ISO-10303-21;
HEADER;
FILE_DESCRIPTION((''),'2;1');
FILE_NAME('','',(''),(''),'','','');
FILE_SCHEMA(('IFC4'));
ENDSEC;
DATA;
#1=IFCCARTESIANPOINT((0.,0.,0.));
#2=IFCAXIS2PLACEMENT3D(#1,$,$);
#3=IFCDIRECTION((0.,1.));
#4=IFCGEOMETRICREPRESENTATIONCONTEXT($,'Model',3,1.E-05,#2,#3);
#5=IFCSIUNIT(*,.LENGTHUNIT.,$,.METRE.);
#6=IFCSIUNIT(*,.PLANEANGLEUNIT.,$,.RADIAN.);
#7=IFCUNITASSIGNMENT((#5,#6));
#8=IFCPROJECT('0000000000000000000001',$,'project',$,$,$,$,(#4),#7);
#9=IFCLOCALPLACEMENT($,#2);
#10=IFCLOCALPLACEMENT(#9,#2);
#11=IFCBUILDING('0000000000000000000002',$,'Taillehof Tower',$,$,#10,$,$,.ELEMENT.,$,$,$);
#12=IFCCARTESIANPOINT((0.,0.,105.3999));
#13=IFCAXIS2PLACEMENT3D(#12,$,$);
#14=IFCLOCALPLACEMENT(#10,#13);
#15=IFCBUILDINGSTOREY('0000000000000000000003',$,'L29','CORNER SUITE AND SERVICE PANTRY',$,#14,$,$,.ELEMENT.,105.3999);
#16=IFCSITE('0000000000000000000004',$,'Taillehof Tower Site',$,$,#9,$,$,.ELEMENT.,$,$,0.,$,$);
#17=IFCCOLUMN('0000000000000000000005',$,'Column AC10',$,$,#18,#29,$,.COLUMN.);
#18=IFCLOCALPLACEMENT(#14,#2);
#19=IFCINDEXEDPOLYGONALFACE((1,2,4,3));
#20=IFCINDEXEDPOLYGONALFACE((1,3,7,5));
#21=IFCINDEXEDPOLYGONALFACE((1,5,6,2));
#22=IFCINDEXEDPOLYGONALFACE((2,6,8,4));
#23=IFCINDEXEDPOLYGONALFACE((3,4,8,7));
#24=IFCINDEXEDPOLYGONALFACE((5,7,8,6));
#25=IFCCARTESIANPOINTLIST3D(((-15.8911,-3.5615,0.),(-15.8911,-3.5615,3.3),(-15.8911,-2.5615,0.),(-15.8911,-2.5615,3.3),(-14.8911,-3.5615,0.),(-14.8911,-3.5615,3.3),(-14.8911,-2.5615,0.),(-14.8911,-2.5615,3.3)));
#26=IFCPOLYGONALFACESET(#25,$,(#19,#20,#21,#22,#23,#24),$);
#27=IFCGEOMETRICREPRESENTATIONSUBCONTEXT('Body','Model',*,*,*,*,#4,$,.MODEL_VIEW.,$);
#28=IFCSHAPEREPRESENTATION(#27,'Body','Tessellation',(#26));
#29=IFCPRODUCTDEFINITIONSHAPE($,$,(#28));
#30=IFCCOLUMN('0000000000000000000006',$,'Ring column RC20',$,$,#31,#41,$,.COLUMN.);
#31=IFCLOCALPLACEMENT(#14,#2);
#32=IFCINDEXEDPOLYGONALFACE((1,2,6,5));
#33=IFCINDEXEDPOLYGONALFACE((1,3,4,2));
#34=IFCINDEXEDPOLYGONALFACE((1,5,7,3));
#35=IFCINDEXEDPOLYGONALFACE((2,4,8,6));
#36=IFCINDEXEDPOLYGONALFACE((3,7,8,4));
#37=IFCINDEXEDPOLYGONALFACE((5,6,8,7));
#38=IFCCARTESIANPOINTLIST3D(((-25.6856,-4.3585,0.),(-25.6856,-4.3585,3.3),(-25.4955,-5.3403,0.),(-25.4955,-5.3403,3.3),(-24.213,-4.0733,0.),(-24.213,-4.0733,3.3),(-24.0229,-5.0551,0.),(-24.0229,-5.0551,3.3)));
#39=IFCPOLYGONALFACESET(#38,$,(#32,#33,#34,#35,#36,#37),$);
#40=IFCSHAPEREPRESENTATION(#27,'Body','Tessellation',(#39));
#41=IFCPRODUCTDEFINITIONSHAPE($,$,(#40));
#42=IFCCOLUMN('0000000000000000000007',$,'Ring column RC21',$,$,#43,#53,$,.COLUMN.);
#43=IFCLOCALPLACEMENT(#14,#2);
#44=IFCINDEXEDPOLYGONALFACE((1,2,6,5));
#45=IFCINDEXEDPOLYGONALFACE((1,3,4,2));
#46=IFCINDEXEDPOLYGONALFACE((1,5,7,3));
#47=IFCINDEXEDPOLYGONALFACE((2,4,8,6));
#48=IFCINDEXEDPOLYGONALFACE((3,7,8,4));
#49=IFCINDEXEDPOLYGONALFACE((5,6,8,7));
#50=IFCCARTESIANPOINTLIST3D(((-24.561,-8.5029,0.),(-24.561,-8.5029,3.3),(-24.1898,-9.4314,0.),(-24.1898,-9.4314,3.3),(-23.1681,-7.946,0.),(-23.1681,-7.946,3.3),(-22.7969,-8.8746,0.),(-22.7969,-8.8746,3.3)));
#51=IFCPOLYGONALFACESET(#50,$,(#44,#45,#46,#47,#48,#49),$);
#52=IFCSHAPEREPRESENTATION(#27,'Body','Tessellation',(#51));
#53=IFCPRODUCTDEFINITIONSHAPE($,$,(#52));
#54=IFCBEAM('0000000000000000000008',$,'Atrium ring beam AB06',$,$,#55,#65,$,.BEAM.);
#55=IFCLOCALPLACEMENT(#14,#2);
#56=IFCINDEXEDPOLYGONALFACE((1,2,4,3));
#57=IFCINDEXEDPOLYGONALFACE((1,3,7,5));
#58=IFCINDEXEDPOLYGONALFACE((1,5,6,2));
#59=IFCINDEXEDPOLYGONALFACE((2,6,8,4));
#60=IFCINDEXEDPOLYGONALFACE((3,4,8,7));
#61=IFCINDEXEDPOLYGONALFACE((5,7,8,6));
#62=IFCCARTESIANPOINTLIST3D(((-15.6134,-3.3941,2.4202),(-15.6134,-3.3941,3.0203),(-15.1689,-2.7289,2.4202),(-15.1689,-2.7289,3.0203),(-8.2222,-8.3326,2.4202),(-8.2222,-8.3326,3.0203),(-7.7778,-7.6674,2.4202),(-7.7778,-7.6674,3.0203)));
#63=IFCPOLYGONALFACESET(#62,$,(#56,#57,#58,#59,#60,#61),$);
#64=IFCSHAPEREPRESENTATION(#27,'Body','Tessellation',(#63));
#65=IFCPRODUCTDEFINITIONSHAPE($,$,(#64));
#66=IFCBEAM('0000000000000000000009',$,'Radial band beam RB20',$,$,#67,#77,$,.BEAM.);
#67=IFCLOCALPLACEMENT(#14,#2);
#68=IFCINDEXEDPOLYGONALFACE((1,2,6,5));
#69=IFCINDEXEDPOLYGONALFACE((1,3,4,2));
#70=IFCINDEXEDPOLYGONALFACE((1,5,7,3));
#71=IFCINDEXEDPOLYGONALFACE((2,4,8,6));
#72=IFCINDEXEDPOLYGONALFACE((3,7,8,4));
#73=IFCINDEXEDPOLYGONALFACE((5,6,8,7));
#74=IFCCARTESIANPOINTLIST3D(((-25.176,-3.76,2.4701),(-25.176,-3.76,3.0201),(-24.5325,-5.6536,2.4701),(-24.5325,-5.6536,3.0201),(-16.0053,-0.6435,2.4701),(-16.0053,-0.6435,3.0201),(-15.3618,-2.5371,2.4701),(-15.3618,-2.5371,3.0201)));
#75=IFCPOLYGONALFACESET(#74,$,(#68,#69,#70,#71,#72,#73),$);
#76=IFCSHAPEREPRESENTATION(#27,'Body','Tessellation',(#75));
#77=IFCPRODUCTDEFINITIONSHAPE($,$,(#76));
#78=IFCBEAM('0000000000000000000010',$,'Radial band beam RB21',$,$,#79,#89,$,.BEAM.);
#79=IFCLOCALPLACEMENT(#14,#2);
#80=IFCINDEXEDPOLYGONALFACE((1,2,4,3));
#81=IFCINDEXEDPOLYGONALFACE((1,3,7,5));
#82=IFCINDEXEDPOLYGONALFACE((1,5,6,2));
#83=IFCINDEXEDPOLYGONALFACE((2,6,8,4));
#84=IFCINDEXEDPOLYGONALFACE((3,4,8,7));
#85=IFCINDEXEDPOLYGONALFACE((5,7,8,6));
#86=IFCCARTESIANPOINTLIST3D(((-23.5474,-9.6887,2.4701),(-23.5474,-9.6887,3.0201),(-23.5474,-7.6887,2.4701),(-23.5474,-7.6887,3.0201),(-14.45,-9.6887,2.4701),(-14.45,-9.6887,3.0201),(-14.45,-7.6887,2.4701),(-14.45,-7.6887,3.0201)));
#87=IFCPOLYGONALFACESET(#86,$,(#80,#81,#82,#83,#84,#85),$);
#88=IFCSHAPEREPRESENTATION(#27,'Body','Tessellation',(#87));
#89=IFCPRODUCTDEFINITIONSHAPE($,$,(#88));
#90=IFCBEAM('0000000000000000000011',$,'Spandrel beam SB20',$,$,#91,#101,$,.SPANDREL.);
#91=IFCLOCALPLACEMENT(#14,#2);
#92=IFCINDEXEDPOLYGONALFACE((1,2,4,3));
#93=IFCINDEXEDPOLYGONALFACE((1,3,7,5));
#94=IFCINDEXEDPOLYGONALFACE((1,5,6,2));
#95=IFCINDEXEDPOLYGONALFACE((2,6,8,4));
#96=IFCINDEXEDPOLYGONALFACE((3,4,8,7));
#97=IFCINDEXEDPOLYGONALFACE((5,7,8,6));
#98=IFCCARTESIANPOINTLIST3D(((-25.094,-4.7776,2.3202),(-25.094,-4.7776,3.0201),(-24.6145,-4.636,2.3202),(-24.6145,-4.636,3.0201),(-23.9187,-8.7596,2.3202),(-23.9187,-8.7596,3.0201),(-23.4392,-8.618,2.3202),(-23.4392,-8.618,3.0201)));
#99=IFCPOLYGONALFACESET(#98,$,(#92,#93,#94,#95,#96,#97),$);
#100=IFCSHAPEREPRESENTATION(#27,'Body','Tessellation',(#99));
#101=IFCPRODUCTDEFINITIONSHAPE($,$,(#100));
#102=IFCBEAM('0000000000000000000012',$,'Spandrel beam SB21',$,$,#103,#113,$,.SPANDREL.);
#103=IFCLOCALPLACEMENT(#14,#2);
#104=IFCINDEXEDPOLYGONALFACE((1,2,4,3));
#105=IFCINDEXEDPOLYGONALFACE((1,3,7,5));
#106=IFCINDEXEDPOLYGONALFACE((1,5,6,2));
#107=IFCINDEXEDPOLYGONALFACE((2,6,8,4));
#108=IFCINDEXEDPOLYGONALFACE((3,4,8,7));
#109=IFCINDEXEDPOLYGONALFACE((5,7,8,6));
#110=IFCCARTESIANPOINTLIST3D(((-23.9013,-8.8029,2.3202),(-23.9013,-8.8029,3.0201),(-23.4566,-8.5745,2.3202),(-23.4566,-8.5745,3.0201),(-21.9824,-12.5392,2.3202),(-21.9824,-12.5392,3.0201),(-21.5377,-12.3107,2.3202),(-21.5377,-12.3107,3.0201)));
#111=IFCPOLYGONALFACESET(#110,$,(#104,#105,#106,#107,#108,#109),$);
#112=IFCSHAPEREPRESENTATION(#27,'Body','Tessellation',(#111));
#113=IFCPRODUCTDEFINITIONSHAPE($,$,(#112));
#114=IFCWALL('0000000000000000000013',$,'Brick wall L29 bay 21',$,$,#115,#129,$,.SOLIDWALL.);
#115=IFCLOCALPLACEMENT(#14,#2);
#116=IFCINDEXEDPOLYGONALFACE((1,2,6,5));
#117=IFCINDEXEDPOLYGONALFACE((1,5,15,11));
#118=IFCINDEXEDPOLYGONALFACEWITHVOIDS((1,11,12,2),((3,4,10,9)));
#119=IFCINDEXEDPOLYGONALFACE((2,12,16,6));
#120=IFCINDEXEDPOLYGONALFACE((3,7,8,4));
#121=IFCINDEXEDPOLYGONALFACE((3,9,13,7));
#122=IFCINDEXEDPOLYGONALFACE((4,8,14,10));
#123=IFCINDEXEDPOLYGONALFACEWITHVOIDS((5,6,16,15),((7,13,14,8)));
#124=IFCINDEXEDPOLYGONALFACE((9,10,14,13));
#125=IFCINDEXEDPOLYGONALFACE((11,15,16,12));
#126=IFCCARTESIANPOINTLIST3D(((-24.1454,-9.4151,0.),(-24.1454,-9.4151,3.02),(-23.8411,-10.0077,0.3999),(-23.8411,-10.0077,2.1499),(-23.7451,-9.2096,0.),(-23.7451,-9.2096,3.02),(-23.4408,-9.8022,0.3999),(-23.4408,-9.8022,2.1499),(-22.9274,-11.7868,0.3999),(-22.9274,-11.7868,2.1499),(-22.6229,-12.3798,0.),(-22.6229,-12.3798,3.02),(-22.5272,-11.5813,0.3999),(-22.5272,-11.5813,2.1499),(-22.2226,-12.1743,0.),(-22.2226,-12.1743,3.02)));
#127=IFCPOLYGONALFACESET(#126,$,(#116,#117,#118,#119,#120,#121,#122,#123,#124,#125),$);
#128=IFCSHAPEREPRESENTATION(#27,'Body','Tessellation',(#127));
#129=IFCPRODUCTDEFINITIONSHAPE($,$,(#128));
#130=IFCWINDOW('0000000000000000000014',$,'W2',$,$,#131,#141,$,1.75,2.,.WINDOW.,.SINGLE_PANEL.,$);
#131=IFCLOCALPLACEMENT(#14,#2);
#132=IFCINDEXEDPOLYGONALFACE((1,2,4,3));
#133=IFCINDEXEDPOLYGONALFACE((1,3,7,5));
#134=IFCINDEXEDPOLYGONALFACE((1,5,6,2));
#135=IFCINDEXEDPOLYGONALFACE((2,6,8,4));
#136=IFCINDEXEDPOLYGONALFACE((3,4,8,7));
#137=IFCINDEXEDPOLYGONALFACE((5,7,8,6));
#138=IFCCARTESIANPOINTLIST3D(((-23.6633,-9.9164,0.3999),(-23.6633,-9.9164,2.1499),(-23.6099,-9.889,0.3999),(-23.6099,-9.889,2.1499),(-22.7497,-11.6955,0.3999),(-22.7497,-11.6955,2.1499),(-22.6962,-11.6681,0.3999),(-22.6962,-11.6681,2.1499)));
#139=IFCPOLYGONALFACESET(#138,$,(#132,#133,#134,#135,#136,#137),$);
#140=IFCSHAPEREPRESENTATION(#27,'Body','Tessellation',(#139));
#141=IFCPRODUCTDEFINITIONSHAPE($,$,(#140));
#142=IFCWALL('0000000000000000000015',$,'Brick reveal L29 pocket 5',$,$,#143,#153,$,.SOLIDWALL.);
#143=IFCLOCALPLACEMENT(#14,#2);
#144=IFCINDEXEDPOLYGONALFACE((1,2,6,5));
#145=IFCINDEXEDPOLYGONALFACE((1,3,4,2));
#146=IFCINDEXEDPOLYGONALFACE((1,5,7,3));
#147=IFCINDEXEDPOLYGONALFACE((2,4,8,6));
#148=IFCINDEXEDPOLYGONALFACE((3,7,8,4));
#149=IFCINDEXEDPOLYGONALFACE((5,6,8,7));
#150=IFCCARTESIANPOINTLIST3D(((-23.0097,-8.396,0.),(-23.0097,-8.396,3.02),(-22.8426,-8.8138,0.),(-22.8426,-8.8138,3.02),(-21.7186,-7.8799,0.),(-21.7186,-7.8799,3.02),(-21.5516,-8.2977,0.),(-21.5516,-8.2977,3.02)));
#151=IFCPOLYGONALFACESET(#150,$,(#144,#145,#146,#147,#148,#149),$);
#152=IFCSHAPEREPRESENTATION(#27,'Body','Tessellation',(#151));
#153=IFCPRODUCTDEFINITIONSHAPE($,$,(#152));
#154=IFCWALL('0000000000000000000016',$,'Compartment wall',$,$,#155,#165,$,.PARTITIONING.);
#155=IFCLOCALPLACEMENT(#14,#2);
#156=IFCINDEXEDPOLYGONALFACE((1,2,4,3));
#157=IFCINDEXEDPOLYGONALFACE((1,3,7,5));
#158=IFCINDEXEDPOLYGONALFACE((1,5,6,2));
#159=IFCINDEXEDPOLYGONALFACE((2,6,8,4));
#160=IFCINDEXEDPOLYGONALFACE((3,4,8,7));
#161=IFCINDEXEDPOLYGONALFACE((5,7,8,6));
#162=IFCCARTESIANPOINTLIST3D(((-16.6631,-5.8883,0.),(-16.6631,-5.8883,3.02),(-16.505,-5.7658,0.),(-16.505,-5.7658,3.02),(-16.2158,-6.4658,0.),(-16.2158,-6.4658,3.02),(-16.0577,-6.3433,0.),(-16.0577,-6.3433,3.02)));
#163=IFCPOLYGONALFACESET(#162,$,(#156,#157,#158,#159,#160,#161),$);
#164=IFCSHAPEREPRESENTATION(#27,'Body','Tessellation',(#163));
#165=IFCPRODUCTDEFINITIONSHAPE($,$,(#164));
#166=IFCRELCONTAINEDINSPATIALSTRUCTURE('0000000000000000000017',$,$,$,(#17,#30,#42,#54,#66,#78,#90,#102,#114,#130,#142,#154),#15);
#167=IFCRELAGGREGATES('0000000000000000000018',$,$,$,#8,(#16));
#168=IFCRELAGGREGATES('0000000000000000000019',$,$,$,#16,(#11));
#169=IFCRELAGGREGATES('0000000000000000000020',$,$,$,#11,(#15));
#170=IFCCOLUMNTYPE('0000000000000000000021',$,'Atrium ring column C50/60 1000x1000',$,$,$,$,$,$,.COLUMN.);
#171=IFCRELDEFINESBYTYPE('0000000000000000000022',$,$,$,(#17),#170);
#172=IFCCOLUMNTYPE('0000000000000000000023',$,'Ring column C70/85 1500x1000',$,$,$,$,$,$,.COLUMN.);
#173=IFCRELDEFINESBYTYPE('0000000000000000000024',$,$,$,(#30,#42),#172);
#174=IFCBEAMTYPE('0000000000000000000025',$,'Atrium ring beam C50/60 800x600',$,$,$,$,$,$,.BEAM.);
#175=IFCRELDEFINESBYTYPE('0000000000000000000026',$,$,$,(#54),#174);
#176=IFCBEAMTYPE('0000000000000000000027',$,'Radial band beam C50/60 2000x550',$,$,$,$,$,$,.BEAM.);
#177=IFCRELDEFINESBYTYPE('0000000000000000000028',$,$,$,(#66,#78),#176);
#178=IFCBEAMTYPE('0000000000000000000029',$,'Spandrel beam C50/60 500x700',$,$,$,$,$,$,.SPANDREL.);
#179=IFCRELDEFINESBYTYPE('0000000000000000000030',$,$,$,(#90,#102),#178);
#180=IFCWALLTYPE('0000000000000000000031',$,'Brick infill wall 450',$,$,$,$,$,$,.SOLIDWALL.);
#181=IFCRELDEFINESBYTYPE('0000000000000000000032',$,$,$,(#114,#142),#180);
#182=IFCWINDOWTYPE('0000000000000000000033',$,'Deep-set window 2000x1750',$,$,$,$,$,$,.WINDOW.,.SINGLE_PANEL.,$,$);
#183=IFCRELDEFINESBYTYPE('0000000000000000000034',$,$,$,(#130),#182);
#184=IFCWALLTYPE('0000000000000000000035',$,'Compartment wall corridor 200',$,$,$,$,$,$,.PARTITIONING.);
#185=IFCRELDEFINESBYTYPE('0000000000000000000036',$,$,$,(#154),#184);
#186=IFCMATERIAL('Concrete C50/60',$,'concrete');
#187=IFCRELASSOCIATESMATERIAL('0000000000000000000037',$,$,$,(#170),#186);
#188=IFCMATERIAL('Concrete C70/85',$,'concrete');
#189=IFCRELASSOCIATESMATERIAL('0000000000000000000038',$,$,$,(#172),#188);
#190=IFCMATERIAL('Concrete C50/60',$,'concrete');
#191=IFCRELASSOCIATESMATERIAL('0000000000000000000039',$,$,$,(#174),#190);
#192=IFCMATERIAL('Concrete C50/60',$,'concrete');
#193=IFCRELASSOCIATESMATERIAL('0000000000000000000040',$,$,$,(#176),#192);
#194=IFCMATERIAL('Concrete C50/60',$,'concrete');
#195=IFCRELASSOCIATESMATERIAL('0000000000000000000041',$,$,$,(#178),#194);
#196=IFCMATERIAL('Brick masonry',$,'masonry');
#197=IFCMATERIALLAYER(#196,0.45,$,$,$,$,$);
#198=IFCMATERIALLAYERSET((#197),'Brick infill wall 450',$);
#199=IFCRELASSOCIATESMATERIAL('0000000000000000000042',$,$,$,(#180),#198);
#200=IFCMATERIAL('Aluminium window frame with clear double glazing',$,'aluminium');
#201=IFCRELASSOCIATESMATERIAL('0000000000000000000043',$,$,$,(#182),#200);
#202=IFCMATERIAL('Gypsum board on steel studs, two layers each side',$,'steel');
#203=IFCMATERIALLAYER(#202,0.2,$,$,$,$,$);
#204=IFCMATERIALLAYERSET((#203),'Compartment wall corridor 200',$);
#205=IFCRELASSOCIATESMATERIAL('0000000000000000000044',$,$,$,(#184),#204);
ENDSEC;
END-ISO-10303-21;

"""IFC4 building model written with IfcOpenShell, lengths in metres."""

from ifc_helpers import new_model, si_unit, direction, frame, frame_2d, origin, origin_2d, place, context, subcontext, project, spatial, rectangle, extrude, material, layer, layer_set, material_profile, profile_set, type_object, element, fill, save


model = new_model("IFC4")

# Units and contexts
model_context = context("Model", 3, precision=1e-05, world=origin(), true_north=direction((0.0, 1.0)))
body_context = subcontext(model_context, "Body", "Model", "MODEL_VIEW")
ifc_project = project(units=[si_unit("LENGTHUNIT", "METRE"), si_unit("PLANEANGLEUNIT", "RADIAN")], contexts=[model_context])

# Site, building, storey
site_placement = place(None, origin())
site = spatial("IfcSite", under=ifc_project, at=site_placement, Name="Taillehof Tower Site", CompositionType="ELEMENT", RefElevation=0.0)
building_placement = place(site_placement, origin())
building = spatial("IfcBuilding", under=site, at=building_placement, Name="Taillehof Tower", CompositionType="ELEMENT")
storey_placement = place(building_placement, frame((0.0, 0.0, 105.3999)))
storey = spatial("IfcBuildingStorey", under=building, at=storey_placement, Name="L29", Description="CORNER SUITE AND SERVICE PANTRY", CompositionType="ELEMENT", Elevation=105.3999)

# Columns
ifc_material_1 = material(Name="Concrete C50/60", Category="concrete")
ifc_material_profile_1 = material_profile(ifc_material_1, rectangle(XDim=1.0, YDim=1.0, at=origin_2d()), Name="RC 1000x1000")
ifc_profile_set_1 = profile_set([ifc_material_profile_1], Name="Concrete C50/60")
column_type_1 = type_object("IfcColumnType", Name="Atrium ring column C50/60 1000x1000", PredefinedType="COLUMN", material=ifc_profile_set_1)
column_placement = place(storey_placement, frame((-15.3911, -3.0615, 0.0), z_axis=(0.0, 0.0, 1.0), x_axis=(1.0, 0.0, 0.0)))
element("IfcColumn", 1, at=column_placement, inside=storey, type_object=column_type_1, Name="Column AC10", PredefinedType="COLUMN", context=body_context, shape_type="SweptSolid", body=[
    extrude(rectangle(XDim=1.0, YDim=1.0, at=origin_2d()), origin(), (0.0, 0.0, 1.0), 3.3),
])
ifc_material_2 = material(Name="Concrete C70/85", Category="concrete")
ifc_material_profile_2 = material_profile(ifc_material_2, rectangle(XDim=1.5, YDim=1.0, at=origin_2d()), Name="RC 1500x1000")
ifc_profile_set_2 = profile_set([ifc_material_profile_2], Name="Concrete C70/85")
column_type_2 = type_object("IfcColumnType", Name="Ring column C70/85 1500x1000", PredefinedType="COLUMN", material=ifc_profile_set_2)
for number, where, z_axis, x_axis, name in (
    (2, (-24.8542, -4.7068, 0.0), (0.0, 0.0, 1.0), (-0.981757, -0.190138, 0.0), "Ring column RC20"),
    (3, (-23.679, -8.6887, 0.0), (0.0, 0.0, 1.0), (-0.92855, -0.371207, 0.0), "Ring column RC21"),
):
    element("IfcColumn", number, at=place(storey_placement, frame(where, z_axis=z_axis, x_axis=x_axis)), inside=storey, type_object=column_type_2, Name=name, PredefinedType="COLUMN", context=body_context, shape_type="SweptSolid", body=[
        extrude(rectangle(XDim=1.5, YDim=1.0, at=origin_2d()), origin(), (0.0, 0.0, 1.0), 3.3),
    ])

# Beams
ifc_material_3 = material(Name="Concrete C50/60", Category="concrete")
ifc_material_profile_3 = material_profile(ifc_material_3, rectangle(XDim=0.8, YDim=0.6001, at=origin_2d()), Name="RC 800x600")
ifc_profile_set_3 = profile_set([ifc_material_profile_3], Name="Concrete C50/60")
beam_type_1 = type_object("IfcBeamType", Name="Atrium ring beam C50/60 800x600", PredefinedType="BEAM", material=ifc_profile_set_3)
beam_1_placement = place(storey_placement, frame((-15.3911, -3.0615, 2.7202), z_axis=(0.831475, -0.555562, 0.0), x_axis=(0.555562, 0.831475, 0.0)))
element("IfcBeam", 4, at=beam_1_placement, inside=storey, type_object=beam_type_1, Name="Atrium ring beam AB06", PredefinedType="BEAM", context=body_context, shape_type="SweptSolid", body=[
    extrude(rectangle(XDim=0.8, YDim=0.6001, at=origin_2d()), origin(), (0.0, 0.0, 1.0), 8.8892),
])
ifc_material_4 = material(Name="Concrete C50/60", Category="concrete")
ifc_material_profile_4 = material_profile(ifc_material_4, rectangle(XDim=2.0, YDim=0.55, at=origin_2d()), Name="RC 2000x550")
ifc_profile_set_4 = profile_set([ifc_material_profile_4], Name="Concrete C50/60")
beam_type_2 = type_object("IfcBeamType", Name="Radial band beam C50/60 2000x550", PredefinedType="BEAM", material=ifc_profile_set_4)
beam_2_placement = place(storey_placement, frame((-24.8542, -4.7068, 2.7451), z_axis=(0.946822, 0.321758, 0.0), x_axis=(-0.321758, 0.946822, 0.0)))
element("IfcBeam", 5, at=beam_2_placement, inside=storey, type_object=beam_type_2, Name="Radial band beam RB20", PredefinedType="BEAM", context=body_context, shape_type="SweptSolid", body=[
    extrude(rectangle(XDim=2.0, YDim=0.55, at=origin_2d()), origin(), (0.0, 0.0, 1.0), 9.6858),
])
beam_3_placement = place(storey_placement, frame((-23.5474, -8.6887, 2.7451), z_axis=(1.0, 0.0, 0.0), x_axis=(0.0, 1.0, 0.0)))
element("IfcBeam", 6, at=beam_3_placement, inside=storey, type_object=beam_type_2, Name="Radial band beam RB21", PredefinedType="BEAM", context=body_context, shape_type="SweptSolid", body=[
    extrude(rectangle(XDim=2.0, YDim=0.55, at=origin_2d()), origin(), (0.0, 0.0, 1.0), 9.0974),
])
ifc_material_5 = material(Name="Concrete C50/60", Category="concrete")
ifc_material_profile_5 = material_profile(ifc_material_5, rectangle(XDim=0.5, YDim=0.7, at=origin_2d()), Name="RC 500x700")
ifc_profile_set_5 = profile_set([ifc_material_profile_5], Name="Concrete C50/60")
beam_type_3 = type_object("IfcBeamType", Name="Spandrel beam C50/60 500x700", PredefinedType="SPANDREL", material=ifc_profile_set_5)
beam_4_placement = place(storey_placement, frame((-24.8542, -4.7068, 2.6702), z_axis=(0.283083, -0.959095, 0.0), x_axis=(0.959095, 0.283083, 0.0)))
element("IfcBeam", 7, at=beam_4_placement, inside=storey, type_object=beam_type_3, Name="Spandrel beam SB20", PredefinedType="SPANDREL", context=body_context, shape_type="SweptSolid", body=[
    extrude(rectangle(XDim=0.5, YDim=0.7, at=origin_2d()), origin(), (0.0, 0.0, 1.0), 4.1519),
])
beam_5_placement = place(storey_placement, frame((-23.679, -8.6887, 2.6702), z_axis=(0.456859, -0.889539, 0.0), x_axis=(0.889539, 0.456859, 0.0)))
element("IfcBeam", 8, at=beam_5_placement, inside=storey, type_object=beam_type_3, Name="Spandrel beam SB21", PredefinedType="SPANDREL", context=body_context, shape_type="SweptSolid", body=[
    extrude(rectangle(XDim=0.5, YDim=0.7, at=origin_2d()), origin(), (0.0, 0.0, 1.0), 4.2002),
])

# Wall, opening, window
ifc_material_6 = material(Name="Brick masonry", Category="masonry")
ifc_layer_1 = layer(ifc_material_6, 0.45)
ifc_layer_set_1 = layer_set([ifc_layer_1], Name="Brick infill wall 450")
wall_type_1 = type_object("IfcWallType", Name="Brick infill wall 450", PredefinedType="SOLIDWALL", material=ifc_layer_set_1)
wall_1_placement = place(storey_placement, frame((-23.9453, -9.3123, 0.0), z_axis=(0.0, 0.0, 1.0), x_axis=(0.456828, -0.889555, 0.0)))
wall_1 = element("IfcWall", 9, at=wall_1_placement, inside=storey, type_object=wall_type_1, Name="Brick wall L29 bay 21", PredefinedType="SOLIDWALL", context=body_context, shape_type="SweptSolid", body=[
    extrude(rectangle(XDim=3.3328, YDim=0.45, at=frame_2d((1.6665, 0.0))), origin(), (0.0, 0.0, 1.0), 3.02),
])
opening_1_placement = place(wall_1_placement, frame((0.6663, 0.0, 0.3999)))
opening_1 = element("IfcOpeningElement", 10, at=opening_1_placement, cuts=wall_1, PredefinedType="OPENING", context=body_context, shape_type="SweptSolid", body=[
    extrude(rectangle(XDim=2.0, YDim=1.75, at=frame_2d((1.0, 0.875))), frame((0.0, 0.2349, 0.0), z_axis=(0.0, -1.0, 0.0), x_axis=(1.0, 0.0, 0.0)), (0.0, 0.0, 1.0), 0.47),
])
ifc_material_7 = material(Name="Aluminium window frame with clear double glazing", Category="aluminium")
window_type_1 = type_object("IfcWindowType", Name="Deep-set window 2000x1750", PartitioningType="SINGLE_PANEL", PredefinedType="WINDOW", material=ifc_material_7)
window_1_placement = place(opening_1_placement, origin())
window_1 = element("IfcWindow", 11, at=window_1_placement, inside=storey, type_object=window_type_1, Name="W2", OverallHeight=1.75, OverallWidth=2.0, PartitioningType="SINGLE_PANEL", PredefinedType="WINDOW", context=body_context, shape_type="SweptSolid", body=[
    extrude(rectangle(XDim=2.0, YDim=1.75, at=frame_2d((1.0, 0.875))), frame((0.0, 0.0349, 0.0), z_axis=(0.0, -1.0, 0.0), x_axis=(1.0, 0.0, 0.0)), (0.0, 0.0, 1.0), 0.0601),
])
fill(opening_1, window_1)

# Wall
wall_2_placement = place(storey_placement, frame((-22.9263, -8.605, 0.0), z_axis=(0.0, 0.0, 1.0), x_axis=(0.928549, 0.371209, 0.0)))
element("IfcWall", 12, at=wall_2_placement, inside=storey, type_object=wall_type_1, Name="Brick reveal L29 pocket 5", PredefinedType="SOLIDWALL", context=body_context, shape_type="SweptSolid", body=[
    extrude(rectangle(XDim=1.3904, YDim=0.45, at=frame_2d((0.6953, 0.0))), origin(), (0.0, 0.0, 1.0), 3.02),
])

# Wall
ifc_material_8 = material(Name="Gypsum board on steel studs, two layers each side", Category="steel")
ifc_layer_2 = layer(ifc_material_8, 0.2)
ifc_layer_set_2 = layer_set([ifc_layer_2], Name="Compartment wall corridor 200")
wall_type_2 = type_object("IfcWallType", Name="Compartment wall corridor 200", PredefinedType="PARTITIONING", material=ifc_layer_set_2)
wall_3_placement = place(storey_placement, frame((-16.1367, -6.4045, 0.0), z_axis=(0.0, 0.0, 1.0), x_axis=(-0.612389, 0.790557, 0.0)))
element("IfcWall", 13, at=wall_3_placement, inside=storey, type_object=wall_type_2, Name="Compartment wall", PredefinedType="PARTITIONING", context=body_context, shape_type="SweptSolid", body=[
    extrude(rectangle(XDim=0.7305, YDim=0.2, at=frame_2d((0.3652, 0.0))), origin(), (0.0, 0.0, 1.0), 3.02),
])

save(model, "model.ifc")
